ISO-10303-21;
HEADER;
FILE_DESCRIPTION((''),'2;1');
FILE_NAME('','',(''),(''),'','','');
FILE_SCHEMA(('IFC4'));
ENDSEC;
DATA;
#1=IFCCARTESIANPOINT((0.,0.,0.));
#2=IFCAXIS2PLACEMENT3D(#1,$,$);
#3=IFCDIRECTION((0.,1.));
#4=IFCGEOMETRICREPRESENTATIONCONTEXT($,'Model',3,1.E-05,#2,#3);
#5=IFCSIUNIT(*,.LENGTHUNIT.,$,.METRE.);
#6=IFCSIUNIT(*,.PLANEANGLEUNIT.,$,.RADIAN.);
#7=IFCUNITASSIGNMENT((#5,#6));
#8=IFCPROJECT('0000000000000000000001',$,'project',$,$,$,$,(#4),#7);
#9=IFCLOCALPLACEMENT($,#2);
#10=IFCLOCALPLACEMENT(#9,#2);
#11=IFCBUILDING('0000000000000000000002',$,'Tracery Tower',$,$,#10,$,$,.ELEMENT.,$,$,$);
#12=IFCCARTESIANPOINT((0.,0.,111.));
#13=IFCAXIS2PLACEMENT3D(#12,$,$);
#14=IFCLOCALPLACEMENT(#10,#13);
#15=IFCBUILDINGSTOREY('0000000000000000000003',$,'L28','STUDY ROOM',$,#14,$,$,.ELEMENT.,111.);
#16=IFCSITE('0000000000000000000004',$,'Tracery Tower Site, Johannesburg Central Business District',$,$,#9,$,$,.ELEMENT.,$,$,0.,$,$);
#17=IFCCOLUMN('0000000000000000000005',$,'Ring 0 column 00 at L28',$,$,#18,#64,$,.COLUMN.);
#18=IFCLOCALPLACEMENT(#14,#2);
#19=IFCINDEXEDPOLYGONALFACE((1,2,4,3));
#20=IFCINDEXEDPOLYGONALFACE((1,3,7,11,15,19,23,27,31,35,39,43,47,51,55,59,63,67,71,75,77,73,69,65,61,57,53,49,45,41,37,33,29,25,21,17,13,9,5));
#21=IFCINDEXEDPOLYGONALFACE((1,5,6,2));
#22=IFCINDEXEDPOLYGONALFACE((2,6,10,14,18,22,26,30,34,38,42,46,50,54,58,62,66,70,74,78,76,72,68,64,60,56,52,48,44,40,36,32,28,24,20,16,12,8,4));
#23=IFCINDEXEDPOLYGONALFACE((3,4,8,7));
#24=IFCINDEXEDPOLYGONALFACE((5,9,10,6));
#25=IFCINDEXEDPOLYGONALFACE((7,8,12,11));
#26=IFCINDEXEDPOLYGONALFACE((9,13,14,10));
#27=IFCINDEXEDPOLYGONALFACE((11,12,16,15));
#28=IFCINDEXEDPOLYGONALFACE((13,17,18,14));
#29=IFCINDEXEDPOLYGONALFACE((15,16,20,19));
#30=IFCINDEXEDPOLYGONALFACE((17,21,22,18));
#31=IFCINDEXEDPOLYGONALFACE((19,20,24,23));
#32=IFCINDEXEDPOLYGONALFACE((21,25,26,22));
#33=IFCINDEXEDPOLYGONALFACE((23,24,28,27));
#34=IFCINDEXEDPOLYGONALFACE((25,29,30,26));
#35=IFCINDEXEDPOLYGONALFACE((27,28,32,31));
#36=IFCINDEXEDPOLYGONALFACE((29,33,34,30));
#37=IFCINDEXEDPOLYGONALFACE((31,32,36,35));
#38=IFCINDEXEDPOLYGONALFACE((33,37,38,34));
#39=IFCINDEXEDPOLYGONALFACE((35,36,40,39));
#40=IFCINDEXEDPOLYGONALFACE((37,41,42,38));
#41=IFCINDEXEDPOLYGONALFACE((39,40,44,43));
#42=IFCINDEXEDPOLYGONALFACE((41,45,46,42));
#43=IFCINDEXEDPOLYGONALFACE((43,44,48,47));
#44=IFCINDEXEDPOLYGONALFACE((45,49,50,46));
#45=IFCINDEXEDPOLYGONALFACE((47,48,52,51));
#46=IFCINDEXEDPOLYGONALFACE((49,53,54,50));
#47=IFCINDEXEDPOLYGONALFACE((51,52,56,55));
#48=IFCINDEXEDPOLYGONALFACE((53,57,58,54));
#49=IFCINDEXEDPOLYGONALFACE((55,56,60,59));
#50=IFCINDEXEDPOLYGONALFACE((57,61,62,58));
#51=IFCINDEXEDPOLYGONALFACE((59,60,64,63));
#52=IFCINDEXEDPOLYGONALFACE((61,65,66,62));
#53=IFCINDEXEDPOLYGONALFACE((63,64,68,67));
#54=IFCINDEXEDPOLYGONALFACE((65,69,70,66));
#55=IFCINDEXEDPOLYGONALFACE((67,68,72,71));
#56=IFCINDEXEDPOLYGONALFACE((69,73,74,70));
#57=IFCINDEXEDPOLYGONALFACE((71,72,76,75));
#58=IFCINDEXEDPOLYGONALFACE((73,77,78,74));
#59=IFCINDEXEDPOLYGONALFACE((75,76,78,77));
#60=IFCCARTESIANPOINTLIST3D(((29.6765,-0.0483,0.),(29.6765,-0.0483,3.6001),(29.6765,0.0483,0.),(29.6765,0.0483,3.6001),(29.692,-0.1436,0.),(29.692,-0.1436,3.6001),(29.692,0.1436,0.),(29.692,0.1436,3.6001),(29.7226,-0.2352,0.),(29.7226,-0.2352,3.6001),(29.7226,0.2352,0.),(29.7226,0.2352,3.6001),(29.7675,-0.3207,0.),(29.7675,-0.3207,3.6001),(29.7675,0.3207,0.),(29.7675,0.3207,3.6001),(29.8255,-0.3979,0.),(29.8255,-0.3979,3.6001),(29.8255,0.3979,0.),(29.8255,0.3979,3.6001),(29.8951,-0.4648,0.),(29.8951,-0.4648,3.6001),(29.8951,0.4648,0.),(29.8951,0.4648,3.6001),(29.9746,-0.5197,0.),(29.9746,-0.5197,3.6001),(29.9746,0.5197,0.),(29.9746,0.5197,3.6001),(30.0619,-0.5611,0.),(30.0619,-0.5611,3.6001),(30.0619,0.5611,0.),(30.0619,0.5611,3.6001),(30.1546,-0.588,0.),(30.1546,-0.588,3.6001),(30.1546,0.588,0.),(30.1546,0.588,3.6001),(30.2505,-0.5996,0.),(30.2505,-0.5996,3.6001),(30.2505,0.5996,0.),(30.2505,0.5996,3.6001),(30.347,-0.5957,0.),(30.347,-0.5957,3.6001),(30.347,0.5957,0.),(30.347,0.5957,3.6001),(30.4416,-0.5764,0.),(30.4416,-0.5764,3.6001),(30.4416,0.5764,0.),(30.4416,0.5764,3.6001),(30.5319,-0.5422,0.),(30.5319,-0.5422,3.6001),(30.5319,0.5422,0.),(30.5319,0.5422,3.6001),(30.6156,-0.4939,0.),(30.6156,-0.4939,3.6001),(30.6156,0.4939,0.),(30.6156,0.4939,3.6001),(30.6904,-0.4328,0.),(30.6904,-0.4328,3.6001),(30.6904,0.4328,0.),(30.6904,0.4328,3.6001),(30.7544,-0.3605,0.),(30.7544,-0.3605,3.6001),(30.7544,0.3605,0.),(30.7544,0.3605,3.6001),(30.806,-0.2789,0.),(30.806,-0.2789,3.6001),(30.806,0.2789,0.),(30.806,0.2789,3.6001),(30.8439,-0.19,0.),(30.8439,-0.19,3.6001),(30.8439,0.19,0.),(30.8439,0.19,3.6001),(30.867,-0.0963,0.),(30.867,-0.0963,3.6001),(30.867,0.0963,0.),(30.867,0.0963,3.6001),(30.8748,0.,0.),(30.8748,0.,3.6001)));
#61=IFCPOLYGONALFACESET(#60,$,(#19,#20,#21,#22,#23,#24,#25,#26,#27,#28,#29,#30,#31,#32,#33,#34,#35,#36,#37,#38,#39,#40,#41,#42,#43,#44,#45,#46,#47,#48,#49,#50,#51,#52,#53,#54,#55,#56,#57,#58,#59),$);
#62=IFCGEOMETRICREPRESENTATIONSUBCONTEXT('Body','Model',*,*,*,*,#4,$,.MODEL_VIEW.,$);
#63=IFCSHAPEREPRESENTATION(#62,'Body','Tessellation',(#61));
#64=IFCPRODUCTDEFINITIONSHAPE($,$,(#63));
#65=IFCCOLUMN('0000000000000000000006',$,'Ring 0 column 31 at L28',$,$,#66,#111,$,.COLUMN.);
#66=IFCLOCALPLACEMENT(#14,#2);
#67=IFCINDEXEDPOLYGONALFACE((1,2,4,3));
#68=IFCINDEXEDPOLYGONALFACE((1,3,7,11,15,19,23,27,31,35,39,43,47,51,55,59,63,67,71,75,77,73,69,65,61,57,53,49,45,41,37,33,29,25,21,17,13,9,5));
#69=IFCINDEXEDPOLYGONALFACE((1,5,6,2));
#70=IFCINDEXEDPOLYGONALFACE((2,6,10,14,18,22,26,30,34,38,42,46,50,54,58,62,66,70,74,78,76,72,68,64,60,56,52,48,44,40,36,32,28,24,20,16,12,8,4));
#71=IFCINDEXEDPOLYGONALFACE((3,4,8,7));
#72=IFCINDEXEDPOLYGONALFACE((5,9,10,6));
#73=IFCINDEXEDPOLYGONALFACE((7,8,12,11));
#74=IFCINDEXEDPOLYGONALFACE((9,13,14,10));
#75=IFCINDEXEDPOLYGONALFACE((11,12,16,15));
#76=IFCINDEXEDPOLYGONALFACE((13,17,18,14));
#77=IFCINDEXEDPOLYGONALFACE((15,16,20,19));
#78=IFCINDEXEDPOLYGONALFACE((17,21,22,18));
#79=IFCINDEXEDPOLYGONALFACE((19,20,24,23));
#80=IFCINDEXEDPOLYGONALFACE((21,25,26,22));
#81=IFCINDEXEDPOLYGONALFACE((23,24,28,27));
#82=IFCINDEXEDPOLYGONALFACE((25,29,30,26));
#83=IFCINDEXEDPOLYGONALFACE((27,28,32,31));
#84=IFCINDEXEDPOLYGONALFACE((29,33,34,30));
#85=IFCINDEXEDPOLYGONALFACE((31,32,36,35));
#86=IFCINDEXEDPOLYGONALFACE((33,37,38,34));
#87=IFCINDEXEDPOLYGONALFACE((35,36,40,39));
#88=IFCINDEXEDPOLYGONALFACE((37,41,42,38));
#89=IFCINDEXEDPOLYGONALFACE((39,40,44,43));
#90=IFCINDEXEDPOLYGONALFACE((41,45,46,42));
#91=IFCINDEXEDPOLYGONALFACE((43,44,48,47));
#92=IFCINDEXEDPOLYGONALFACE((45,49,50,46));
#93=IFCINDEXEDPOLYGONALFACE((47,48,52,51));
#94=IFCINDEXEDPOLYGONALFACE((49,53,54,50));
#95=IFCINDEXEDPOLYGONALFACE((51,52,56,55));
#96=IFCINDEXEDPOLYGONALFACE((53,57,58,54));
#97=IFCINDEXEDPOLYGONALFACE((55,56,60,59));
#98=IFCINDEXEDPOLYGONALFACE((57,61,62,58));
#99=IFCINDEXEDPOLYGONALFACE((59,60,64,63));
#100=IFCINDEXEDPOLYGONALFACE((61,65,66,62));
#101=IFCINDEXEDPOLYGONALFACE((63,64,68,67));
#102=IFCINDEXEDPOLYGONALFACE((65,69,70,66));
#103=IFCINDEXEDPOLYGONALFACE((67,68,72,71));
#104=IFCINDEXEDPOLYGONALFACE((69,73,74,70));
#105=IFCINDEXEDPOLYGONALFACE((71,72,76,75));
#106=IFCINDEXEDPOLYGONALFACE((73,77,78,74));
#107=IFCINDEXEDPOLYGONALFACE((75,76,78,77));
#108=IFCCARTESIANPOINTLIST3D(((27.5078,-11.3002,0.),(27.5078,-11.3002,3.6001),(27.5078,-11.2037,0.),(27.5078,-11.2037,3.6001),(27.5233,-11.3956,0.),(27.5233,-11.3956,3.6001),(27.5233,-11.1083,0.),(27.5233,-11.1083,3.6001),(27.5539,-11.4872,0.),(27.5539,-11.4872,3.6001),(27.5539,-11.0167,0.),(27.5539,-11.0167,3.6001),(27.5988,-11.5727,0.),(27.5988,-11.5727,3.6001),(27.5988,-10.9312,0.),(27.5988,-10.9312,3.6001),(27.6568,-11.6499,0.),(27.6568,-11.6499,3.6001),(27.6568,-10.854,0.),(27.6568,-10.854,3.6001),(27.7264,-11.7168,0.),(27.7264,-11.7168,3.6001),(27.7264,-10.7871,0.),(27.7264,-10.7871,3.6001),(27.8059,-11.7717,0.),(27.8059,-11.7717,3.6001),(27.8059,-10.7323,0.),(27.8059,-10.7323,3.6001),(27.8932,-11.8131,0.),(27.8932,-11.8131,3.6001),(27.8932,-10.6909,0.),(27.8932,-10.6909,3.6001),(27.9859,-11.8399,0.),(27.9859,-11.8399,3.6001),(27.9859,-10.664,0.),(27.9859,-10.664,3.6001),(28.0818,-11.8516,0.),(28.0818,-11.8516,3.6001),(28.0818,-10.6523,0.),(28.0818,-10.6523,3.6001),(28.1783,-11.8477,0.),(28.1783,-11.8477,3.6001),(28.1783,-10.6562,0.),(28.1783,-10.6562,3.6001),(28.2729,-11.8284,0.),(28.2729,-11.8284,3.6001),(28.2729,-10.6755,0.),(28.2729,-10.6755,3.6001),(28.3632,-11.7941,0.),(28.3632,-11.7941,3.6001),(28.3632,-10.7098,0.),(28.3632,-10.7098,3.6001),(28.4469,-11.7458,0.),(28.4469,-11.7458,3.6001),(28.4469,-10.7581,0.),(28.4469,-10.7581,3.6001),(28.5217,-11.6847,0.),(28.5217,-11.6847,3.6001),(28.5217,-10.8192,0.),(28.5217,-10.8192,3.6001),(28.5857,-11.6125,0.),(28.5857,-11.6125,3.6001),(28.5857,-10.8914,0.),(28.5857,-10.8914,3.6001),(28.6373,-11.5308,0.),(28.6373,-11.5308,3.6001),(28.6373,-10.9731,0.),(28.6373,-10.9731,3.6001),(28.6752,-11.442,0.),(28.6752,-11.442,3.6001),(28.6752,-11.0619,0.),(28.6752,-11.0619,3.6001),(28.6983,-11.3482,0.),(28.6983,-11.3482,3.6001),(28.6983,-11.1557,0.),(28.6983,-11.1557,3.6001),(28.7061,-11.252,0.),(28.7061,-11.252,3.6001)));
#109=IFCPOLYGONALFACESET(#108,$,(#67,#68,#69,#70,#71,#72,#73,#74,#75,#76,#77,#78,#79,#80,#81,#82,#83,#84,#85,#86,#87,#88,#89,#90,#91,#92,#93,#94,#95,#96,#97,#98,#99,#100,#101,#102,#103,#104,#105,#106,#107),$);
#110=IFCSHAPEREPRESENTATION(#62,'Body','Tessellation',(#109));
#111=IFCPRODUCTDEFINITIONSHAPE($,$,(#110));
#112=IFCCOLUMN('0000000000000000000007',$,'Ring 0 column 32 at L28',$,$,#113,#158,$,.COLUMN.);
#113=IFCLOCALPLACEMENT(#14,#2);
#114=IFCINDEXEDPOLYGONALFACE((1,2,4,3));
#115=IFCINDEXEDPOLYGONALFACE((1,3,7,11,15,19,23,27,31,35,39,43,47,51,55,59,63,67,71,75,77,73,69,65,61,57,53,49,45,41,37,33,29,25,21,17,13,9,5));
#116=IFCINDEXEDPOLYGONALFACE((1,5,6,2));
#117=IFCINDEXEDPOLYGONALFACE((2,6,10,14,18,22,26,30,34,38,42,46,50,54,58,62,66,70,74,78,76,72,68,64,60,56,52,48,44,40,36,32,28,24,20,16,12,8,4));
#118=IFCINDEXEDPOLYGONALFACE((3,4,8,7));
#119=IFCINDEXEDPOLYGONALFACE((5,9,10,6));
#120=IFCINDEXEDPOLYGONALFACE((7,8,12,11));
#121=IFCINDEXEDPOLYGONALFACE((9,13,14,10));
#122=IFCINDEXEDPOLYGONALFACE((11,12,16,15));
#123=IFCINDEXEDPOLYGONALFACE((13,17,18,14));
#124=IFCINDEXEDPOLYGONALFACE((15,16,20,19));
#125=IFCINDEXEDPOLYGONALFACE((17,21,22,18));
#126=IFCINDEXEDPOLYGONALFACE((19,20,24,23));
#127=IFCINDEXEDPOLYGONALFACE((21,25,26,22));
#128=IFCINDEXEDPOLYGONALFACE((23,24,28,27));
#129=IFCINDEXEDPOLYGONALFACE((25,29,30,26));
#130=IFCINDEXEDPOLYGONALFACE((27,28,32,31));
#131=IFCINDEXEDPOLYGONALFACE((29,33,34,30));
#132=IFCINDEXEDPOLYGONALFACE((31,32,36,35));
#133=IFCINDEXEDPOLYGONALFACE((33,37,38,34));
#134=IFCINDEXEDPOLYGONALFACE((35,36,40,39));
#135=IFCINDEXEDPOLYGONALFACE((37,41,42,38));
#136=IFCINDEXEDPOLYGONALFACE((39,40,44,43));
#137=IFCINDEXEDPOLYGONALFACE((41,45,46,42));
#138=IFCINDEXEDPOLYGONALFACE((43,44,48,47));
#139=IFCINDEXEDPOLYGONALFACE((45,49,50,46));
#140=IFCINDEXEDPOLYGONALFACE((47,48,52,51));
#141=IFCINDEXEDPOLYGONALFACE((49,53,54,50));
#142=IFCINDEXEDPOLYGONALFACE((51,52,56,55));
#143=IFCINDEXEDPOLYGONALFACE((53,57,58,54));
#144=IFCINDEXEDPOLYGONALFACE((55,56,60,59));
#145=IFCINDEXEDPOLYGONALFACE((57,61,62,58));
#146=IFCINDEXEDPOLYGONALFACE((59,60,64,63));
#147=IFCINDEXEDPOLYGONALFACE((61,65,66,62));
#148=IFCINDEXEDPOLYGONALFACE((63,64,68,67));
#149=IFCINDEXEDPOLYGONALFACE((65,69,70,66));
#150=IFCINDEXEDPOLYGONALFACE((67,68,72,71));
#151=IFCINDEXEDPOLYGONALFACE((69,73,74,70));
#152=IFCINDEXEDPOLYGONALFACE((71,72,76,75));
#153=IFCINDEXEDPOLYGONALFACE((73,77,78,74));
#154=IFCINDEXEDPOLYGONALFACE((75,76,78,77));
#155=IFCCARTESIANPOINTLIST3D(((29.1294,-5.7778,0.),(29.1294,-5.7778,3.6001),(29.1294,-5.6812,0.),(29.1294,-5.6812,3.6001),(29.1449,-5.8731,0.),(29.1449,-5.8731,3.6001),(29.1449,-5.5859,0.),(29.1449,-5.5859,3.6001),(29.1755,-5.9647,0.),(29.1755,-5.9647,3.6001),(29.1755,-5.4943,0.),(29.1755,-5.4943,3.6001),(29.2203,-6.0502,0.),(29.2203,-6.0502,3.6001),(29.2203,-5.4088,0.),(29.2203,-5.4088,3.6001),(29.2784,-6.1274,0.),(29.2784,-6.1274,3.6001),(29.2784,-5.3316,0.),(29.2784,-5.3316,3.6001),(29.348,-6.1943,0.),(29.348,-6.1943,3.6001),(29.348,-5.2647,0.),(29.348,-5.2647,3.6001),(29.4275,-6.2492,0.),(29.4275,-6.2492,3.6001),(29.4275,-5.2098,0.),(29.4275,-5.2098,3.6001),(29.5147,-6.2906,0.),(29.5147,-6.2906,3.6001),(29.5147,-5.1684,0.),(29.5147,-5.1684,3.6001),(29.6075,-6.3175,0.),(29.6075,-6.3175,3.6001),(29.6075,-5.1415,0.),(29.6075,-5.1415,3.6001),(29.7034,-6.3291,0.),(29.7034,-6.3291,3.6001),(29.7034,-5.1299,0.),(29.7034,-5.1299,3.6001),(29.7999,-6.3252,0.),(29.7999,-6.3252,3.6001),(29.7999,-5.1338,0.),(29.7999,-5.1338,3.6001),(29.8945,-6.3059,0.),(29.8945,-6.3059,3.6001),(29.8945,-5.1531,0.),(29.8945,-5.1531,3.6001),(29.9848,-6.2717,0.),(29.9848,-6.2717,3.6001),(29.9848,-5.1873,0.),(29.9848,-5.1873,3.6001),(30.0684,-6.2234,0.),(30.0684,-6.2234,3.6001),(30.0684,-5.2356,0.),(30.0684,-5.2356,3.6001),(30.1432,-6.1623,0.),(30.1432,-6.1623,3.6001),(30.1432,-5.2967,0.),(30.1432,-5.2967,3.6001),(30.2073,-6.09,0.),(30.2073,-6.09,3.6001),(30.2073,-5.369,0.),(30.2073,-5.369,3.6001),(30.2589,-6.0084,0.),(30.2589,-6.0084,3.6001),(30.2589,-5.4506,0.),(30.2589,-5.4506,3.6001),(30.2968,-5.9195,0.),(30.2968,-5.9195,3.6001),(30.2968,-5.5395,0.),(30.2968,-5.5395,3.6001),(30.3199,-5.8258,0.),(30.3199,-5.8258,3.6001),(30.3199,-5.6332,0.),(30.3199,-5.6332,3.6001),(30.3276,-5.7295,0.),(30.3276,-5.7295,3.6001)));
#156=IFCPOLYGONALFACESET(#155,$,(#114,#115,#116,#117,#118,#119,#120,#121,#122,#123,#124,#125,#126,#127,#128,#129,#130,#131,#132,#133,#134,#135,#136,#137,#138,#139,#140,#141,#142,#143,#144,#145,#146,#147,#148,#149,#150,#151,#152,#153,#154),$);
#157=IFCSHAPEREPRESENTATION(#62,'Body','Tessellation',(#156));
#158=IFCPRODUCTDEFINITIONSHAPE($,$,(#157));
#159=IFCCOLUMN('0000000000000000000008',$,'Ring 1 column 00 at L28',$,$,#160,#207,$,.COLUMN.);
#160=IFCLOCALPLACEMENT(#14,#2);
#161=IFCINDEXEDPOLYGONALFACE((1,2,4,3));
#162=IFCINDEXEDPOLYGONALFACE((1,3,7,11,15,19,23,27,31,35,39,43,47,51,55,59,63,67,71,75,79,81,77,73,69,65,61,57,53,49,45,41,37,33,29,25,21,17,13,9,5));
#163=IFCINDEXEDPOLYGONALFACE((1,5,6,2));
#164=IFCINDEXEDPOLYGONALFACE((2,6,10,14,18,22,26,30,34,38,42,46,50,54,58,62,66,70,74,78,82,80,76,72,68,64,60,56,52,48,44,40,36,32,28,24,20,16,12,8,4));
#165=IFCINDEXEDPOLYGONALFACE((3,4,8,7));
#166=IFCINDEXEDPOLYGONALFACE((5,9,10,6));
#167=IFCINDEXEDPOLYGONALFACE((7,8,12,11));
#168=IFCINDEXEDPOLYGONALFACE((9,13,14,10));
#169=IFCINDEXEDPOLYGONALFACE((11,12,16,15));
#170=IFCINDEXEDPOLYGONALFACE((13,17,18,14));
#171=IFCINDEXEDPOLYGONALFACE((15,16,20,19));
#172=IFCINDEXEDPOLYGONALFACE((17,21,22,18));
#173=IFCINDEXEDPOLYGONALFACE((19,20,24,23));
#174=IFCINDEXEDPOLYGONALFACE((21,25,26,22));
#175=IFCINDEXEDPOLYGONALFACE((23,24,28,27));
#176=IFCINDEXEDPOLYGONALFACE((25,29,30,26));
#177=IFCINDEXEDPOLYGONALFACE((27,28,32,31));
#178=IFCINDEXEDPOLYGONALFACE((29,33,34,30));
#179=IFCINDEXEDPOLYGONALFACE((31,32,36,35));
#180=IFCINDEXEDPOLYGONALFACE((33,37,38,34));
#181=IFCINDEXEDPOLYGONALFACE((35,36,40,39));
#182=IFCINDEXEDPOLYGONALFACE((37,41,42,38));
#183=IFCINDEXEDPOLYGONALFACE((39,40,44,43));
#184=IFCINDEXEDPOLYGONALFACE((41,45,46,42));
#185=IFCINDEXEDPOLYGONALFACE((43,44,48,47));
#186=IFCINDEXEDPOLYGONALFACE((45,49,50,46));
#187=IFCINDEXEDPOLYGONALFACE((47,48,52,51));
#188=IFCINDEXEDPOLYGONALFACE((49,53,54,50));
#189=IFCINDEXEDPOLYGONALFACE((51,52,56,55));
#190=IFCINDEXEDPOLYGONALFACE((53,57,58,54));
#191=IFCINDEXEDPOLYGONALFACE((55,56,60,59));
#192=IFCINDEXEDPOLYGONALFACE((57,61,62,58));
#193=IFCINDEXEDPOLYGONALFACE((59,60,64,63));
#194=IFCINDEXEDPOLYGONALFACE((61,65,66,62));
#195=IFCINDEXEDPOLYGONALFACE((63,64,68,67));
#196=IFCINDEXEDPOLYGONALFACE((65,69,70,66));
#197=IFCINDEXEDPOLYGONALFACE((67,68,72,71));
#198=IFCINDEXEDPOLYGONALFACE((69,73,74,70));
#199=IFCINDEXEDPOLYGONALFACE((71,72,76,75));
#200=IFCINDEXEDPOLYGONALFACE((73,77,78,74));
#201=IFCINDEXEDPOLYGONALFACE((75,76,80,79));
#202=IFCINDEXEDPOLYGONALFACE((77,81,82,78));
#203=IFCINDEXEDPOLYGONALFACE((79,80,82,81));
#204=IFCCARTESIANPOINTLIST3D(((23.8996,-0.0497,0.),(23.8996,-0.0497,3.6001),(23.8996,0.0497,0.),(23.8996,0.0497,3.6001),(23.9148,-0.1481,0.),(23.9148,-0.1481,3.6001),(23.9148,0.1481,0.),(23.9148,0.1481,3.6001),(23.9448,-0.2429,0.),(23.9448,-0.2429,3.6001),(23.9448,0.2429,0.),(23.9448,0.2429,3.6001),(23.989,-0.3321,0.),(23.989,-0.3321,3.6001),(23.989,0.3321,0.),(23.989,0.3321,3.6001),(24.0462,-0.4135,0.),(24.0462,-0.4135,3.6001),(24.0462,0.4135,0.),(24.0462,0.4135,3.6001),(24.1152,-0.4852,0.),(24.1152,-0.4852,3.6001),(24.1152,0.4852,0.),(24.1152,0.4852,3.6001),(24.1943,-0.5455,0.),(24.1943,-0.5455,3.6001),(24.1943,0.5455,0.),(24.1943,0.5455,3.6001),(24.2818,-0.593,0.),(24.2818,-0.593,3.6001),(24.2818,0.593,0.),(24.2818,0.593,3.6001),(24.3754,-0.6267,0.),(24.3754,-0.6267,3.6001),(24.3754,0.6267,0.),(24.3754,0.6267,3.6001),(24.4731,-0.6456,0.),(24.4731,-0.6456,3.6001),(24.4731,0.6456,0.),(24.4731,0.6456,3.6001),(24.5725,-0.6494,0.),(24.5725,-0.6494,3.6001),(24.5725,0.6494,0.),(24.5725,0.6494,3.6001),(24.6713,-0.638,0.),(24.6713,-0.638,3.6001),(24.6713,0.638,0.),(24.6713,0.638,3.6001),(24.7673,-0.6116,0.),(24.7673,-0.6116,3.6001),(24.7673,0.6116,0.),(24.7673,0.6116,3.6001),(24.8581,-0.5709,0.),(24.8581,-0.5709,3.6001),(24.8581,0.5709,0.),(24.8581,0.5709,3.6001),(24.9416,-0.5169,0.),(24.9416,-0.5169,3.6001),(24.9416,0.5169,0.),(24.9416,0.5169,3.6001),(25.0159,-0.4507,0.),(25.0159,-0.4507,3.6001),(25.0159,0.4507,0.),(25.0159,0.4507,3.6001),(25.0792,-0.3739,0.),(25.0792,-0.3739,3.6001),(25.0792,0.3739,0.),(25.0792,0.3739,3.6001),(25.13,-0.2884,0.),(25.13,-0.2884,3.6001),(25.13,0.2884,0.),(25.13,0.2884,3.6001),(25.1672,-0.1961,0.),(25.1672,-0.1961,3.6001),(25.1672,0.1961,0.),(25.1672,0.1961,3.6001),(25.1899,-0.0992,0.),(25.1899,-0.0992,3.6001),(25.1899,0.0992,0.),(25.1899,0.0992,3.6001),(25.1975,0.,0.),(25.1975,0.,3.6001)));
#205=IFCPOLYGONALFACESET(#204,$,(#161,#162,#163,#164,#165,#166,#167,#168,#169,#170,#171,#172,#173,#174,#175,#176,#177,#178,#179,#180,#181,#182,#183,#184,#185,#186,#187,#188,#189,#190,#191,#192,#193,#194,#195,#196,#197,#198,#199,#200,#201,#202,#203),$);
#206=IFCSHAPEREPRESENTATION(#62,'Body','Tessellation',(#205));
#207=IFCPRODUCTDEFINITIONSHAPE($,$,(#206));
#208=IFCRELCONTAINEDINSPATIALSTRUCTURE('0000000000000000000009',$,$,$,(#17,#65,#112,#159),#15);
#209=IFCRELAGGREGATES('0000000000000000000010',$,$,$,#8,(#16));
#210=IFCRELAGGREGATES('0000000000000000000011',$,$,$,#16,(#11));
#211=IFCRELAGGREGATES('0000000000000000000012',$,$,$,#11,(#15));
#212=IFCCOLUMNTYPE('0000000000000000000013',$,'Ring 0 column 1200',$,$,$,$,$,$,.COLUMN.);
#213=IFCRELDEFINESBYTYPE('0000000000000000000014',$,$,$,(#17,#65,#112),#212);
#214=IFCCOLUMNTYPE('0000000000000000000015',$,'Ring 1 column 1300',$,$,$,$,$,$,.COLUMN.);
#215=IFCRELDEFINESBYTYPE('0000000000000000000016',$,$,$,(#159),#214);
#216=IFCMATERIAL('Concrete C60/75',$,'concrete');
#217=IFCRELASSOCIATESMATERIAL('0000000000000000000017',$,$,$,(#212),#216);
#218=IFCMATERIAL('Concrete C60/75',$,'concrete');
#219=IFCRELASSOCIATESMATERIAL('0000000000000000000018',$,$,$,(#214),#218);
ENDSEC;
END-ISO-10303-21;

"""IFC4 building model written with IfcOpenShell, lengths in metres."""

from ifc_helpers import new_model, si_unit, direction, frame, origin, origin_2d, place, context, subcontext, project, spatial, circle, extrude, material, material_profile, profile_set, type_object, element, save


model = new_model("IFC4")

# Units and contexts
model_context = context("Model", 3, precision=1e-05, world=origin(), true_north=direction((0.0, 1.0)))
body_context = subcontext(model_context, "Body", "Model", "MODEL_VIEW")
ifc_project = project(units=[si_unit("LENGTHUNIT", "METRE"), si_unit("PLANEANGLEUNIT", "RADIAN")], contexts=[model_context])

# Site, building, storey
site_placement = place(None, origin())
site = spatial("IfcSite", under=ifc_project, at=site_placement, Name="Tracery Tower Site, Johannesburg Central Business District", CompositionType="ELEMENT", RefElevation=0.0)
building_placement = place(site_placement, origin())
building = spatial("IfcBuilding", under=site, at=building_placement, Name="Tracery Tower", CompositionType="ELEMENT")
storey_placement = place(building_placement, frame((0.0, 0.0, 111.0)))
storey = spatial("IfcBuildingStorey", under=building, at=storey_placement, Name="L28", Description="STUDY ROOM", CompositionType="ELEMENT", Elevation=111.0)

# Columns
ifc_material_1 = material(Name="Concrete C60/75", Category="concrete")
ifc_material_profile_1 = material_profile(ifc_material_1, circle(Radius=0.6001, at=origin_2d()), Name="RC D1200")
ifc_profile_set_1 = profile_set([ifc_material_profile_1], Name="Concrete C60/75")
column_type_1 = type_object("IfcColumnType", Name="Ring 0 column 1200", PredefinedType="COLUMN", material=ifc_profile_set_1)
for number, where, z_axis, x_axis, name in (
    (1, (30.2747, 0.0, 0.0), (0.0, 0.0, 1.0), (1.0, 0.0, 0.0), "Ring 0 column 00 at L28"),
    (2, (28.106, -11.252, 0.0), (0.0, 0.0, 1.0), (1.0, 0.0, 0.0), "Ring 0 column 31 at L28"),
    (3, (29.7275, -5.7295, 0.0), (0.0, 0.0, 1.0), (1.0, 0.0, 0.0), "Ring 0 column 32 at L28"),
):
    element("IfcColumn", number, at=place(storey_placement, frame(where, z_axis=z_axis, x_axis=x_axis)), inside=storey, type_object=column_type_1, Name=name, PredefinedType="COLUMN", context=body_context, shape_type="SweptSolid", body=[
        extrude(circle(Radius=0.6001, at=origin_2d()), origin(), (0.0, 0.0, 1.0), 3.6001),
    ])
ifc_material_2 = material(Name="Concrete C60/75", Category="concrete")
ifc_material_profile_2 = material_profile(ifc_material_2, circle(Radius=0.6499, at=origin_2d()), Name="RC D1300")
ifc_profile_set_2 = profile_set([ifc_material_profile_2], Name="Concrete C60/75")
column_type_2 = type_object("IfcColumnType", Name="Ring 1 column 1300", PredefinedType="COLUMN", material=ifc_profile_set_2)
for number, where, z_axis, x_axis, name in (
    (4, (24.5476, 0.0, 0.0), (0.0, 0.0, 1.0), (1.0, 0.0, 0.0), "Ring 1 column 00 at L28"),
):
    element("IfcColumn", number, at=place(storey_placement, frame(where, z_axis=z_axis, x_axis=x_axis)), inside=storey, type_object=column_type_2, Name=name, PredefinedType="COLUMN", context=body_context, shape_type="SweptSolid", body=[
        extrude(circle(Radius=0.6499, at=origin_2d()), origin(), (0.0, 0.0, 1.0), 3.6001),
    ])

save(model, "model.ifc")
